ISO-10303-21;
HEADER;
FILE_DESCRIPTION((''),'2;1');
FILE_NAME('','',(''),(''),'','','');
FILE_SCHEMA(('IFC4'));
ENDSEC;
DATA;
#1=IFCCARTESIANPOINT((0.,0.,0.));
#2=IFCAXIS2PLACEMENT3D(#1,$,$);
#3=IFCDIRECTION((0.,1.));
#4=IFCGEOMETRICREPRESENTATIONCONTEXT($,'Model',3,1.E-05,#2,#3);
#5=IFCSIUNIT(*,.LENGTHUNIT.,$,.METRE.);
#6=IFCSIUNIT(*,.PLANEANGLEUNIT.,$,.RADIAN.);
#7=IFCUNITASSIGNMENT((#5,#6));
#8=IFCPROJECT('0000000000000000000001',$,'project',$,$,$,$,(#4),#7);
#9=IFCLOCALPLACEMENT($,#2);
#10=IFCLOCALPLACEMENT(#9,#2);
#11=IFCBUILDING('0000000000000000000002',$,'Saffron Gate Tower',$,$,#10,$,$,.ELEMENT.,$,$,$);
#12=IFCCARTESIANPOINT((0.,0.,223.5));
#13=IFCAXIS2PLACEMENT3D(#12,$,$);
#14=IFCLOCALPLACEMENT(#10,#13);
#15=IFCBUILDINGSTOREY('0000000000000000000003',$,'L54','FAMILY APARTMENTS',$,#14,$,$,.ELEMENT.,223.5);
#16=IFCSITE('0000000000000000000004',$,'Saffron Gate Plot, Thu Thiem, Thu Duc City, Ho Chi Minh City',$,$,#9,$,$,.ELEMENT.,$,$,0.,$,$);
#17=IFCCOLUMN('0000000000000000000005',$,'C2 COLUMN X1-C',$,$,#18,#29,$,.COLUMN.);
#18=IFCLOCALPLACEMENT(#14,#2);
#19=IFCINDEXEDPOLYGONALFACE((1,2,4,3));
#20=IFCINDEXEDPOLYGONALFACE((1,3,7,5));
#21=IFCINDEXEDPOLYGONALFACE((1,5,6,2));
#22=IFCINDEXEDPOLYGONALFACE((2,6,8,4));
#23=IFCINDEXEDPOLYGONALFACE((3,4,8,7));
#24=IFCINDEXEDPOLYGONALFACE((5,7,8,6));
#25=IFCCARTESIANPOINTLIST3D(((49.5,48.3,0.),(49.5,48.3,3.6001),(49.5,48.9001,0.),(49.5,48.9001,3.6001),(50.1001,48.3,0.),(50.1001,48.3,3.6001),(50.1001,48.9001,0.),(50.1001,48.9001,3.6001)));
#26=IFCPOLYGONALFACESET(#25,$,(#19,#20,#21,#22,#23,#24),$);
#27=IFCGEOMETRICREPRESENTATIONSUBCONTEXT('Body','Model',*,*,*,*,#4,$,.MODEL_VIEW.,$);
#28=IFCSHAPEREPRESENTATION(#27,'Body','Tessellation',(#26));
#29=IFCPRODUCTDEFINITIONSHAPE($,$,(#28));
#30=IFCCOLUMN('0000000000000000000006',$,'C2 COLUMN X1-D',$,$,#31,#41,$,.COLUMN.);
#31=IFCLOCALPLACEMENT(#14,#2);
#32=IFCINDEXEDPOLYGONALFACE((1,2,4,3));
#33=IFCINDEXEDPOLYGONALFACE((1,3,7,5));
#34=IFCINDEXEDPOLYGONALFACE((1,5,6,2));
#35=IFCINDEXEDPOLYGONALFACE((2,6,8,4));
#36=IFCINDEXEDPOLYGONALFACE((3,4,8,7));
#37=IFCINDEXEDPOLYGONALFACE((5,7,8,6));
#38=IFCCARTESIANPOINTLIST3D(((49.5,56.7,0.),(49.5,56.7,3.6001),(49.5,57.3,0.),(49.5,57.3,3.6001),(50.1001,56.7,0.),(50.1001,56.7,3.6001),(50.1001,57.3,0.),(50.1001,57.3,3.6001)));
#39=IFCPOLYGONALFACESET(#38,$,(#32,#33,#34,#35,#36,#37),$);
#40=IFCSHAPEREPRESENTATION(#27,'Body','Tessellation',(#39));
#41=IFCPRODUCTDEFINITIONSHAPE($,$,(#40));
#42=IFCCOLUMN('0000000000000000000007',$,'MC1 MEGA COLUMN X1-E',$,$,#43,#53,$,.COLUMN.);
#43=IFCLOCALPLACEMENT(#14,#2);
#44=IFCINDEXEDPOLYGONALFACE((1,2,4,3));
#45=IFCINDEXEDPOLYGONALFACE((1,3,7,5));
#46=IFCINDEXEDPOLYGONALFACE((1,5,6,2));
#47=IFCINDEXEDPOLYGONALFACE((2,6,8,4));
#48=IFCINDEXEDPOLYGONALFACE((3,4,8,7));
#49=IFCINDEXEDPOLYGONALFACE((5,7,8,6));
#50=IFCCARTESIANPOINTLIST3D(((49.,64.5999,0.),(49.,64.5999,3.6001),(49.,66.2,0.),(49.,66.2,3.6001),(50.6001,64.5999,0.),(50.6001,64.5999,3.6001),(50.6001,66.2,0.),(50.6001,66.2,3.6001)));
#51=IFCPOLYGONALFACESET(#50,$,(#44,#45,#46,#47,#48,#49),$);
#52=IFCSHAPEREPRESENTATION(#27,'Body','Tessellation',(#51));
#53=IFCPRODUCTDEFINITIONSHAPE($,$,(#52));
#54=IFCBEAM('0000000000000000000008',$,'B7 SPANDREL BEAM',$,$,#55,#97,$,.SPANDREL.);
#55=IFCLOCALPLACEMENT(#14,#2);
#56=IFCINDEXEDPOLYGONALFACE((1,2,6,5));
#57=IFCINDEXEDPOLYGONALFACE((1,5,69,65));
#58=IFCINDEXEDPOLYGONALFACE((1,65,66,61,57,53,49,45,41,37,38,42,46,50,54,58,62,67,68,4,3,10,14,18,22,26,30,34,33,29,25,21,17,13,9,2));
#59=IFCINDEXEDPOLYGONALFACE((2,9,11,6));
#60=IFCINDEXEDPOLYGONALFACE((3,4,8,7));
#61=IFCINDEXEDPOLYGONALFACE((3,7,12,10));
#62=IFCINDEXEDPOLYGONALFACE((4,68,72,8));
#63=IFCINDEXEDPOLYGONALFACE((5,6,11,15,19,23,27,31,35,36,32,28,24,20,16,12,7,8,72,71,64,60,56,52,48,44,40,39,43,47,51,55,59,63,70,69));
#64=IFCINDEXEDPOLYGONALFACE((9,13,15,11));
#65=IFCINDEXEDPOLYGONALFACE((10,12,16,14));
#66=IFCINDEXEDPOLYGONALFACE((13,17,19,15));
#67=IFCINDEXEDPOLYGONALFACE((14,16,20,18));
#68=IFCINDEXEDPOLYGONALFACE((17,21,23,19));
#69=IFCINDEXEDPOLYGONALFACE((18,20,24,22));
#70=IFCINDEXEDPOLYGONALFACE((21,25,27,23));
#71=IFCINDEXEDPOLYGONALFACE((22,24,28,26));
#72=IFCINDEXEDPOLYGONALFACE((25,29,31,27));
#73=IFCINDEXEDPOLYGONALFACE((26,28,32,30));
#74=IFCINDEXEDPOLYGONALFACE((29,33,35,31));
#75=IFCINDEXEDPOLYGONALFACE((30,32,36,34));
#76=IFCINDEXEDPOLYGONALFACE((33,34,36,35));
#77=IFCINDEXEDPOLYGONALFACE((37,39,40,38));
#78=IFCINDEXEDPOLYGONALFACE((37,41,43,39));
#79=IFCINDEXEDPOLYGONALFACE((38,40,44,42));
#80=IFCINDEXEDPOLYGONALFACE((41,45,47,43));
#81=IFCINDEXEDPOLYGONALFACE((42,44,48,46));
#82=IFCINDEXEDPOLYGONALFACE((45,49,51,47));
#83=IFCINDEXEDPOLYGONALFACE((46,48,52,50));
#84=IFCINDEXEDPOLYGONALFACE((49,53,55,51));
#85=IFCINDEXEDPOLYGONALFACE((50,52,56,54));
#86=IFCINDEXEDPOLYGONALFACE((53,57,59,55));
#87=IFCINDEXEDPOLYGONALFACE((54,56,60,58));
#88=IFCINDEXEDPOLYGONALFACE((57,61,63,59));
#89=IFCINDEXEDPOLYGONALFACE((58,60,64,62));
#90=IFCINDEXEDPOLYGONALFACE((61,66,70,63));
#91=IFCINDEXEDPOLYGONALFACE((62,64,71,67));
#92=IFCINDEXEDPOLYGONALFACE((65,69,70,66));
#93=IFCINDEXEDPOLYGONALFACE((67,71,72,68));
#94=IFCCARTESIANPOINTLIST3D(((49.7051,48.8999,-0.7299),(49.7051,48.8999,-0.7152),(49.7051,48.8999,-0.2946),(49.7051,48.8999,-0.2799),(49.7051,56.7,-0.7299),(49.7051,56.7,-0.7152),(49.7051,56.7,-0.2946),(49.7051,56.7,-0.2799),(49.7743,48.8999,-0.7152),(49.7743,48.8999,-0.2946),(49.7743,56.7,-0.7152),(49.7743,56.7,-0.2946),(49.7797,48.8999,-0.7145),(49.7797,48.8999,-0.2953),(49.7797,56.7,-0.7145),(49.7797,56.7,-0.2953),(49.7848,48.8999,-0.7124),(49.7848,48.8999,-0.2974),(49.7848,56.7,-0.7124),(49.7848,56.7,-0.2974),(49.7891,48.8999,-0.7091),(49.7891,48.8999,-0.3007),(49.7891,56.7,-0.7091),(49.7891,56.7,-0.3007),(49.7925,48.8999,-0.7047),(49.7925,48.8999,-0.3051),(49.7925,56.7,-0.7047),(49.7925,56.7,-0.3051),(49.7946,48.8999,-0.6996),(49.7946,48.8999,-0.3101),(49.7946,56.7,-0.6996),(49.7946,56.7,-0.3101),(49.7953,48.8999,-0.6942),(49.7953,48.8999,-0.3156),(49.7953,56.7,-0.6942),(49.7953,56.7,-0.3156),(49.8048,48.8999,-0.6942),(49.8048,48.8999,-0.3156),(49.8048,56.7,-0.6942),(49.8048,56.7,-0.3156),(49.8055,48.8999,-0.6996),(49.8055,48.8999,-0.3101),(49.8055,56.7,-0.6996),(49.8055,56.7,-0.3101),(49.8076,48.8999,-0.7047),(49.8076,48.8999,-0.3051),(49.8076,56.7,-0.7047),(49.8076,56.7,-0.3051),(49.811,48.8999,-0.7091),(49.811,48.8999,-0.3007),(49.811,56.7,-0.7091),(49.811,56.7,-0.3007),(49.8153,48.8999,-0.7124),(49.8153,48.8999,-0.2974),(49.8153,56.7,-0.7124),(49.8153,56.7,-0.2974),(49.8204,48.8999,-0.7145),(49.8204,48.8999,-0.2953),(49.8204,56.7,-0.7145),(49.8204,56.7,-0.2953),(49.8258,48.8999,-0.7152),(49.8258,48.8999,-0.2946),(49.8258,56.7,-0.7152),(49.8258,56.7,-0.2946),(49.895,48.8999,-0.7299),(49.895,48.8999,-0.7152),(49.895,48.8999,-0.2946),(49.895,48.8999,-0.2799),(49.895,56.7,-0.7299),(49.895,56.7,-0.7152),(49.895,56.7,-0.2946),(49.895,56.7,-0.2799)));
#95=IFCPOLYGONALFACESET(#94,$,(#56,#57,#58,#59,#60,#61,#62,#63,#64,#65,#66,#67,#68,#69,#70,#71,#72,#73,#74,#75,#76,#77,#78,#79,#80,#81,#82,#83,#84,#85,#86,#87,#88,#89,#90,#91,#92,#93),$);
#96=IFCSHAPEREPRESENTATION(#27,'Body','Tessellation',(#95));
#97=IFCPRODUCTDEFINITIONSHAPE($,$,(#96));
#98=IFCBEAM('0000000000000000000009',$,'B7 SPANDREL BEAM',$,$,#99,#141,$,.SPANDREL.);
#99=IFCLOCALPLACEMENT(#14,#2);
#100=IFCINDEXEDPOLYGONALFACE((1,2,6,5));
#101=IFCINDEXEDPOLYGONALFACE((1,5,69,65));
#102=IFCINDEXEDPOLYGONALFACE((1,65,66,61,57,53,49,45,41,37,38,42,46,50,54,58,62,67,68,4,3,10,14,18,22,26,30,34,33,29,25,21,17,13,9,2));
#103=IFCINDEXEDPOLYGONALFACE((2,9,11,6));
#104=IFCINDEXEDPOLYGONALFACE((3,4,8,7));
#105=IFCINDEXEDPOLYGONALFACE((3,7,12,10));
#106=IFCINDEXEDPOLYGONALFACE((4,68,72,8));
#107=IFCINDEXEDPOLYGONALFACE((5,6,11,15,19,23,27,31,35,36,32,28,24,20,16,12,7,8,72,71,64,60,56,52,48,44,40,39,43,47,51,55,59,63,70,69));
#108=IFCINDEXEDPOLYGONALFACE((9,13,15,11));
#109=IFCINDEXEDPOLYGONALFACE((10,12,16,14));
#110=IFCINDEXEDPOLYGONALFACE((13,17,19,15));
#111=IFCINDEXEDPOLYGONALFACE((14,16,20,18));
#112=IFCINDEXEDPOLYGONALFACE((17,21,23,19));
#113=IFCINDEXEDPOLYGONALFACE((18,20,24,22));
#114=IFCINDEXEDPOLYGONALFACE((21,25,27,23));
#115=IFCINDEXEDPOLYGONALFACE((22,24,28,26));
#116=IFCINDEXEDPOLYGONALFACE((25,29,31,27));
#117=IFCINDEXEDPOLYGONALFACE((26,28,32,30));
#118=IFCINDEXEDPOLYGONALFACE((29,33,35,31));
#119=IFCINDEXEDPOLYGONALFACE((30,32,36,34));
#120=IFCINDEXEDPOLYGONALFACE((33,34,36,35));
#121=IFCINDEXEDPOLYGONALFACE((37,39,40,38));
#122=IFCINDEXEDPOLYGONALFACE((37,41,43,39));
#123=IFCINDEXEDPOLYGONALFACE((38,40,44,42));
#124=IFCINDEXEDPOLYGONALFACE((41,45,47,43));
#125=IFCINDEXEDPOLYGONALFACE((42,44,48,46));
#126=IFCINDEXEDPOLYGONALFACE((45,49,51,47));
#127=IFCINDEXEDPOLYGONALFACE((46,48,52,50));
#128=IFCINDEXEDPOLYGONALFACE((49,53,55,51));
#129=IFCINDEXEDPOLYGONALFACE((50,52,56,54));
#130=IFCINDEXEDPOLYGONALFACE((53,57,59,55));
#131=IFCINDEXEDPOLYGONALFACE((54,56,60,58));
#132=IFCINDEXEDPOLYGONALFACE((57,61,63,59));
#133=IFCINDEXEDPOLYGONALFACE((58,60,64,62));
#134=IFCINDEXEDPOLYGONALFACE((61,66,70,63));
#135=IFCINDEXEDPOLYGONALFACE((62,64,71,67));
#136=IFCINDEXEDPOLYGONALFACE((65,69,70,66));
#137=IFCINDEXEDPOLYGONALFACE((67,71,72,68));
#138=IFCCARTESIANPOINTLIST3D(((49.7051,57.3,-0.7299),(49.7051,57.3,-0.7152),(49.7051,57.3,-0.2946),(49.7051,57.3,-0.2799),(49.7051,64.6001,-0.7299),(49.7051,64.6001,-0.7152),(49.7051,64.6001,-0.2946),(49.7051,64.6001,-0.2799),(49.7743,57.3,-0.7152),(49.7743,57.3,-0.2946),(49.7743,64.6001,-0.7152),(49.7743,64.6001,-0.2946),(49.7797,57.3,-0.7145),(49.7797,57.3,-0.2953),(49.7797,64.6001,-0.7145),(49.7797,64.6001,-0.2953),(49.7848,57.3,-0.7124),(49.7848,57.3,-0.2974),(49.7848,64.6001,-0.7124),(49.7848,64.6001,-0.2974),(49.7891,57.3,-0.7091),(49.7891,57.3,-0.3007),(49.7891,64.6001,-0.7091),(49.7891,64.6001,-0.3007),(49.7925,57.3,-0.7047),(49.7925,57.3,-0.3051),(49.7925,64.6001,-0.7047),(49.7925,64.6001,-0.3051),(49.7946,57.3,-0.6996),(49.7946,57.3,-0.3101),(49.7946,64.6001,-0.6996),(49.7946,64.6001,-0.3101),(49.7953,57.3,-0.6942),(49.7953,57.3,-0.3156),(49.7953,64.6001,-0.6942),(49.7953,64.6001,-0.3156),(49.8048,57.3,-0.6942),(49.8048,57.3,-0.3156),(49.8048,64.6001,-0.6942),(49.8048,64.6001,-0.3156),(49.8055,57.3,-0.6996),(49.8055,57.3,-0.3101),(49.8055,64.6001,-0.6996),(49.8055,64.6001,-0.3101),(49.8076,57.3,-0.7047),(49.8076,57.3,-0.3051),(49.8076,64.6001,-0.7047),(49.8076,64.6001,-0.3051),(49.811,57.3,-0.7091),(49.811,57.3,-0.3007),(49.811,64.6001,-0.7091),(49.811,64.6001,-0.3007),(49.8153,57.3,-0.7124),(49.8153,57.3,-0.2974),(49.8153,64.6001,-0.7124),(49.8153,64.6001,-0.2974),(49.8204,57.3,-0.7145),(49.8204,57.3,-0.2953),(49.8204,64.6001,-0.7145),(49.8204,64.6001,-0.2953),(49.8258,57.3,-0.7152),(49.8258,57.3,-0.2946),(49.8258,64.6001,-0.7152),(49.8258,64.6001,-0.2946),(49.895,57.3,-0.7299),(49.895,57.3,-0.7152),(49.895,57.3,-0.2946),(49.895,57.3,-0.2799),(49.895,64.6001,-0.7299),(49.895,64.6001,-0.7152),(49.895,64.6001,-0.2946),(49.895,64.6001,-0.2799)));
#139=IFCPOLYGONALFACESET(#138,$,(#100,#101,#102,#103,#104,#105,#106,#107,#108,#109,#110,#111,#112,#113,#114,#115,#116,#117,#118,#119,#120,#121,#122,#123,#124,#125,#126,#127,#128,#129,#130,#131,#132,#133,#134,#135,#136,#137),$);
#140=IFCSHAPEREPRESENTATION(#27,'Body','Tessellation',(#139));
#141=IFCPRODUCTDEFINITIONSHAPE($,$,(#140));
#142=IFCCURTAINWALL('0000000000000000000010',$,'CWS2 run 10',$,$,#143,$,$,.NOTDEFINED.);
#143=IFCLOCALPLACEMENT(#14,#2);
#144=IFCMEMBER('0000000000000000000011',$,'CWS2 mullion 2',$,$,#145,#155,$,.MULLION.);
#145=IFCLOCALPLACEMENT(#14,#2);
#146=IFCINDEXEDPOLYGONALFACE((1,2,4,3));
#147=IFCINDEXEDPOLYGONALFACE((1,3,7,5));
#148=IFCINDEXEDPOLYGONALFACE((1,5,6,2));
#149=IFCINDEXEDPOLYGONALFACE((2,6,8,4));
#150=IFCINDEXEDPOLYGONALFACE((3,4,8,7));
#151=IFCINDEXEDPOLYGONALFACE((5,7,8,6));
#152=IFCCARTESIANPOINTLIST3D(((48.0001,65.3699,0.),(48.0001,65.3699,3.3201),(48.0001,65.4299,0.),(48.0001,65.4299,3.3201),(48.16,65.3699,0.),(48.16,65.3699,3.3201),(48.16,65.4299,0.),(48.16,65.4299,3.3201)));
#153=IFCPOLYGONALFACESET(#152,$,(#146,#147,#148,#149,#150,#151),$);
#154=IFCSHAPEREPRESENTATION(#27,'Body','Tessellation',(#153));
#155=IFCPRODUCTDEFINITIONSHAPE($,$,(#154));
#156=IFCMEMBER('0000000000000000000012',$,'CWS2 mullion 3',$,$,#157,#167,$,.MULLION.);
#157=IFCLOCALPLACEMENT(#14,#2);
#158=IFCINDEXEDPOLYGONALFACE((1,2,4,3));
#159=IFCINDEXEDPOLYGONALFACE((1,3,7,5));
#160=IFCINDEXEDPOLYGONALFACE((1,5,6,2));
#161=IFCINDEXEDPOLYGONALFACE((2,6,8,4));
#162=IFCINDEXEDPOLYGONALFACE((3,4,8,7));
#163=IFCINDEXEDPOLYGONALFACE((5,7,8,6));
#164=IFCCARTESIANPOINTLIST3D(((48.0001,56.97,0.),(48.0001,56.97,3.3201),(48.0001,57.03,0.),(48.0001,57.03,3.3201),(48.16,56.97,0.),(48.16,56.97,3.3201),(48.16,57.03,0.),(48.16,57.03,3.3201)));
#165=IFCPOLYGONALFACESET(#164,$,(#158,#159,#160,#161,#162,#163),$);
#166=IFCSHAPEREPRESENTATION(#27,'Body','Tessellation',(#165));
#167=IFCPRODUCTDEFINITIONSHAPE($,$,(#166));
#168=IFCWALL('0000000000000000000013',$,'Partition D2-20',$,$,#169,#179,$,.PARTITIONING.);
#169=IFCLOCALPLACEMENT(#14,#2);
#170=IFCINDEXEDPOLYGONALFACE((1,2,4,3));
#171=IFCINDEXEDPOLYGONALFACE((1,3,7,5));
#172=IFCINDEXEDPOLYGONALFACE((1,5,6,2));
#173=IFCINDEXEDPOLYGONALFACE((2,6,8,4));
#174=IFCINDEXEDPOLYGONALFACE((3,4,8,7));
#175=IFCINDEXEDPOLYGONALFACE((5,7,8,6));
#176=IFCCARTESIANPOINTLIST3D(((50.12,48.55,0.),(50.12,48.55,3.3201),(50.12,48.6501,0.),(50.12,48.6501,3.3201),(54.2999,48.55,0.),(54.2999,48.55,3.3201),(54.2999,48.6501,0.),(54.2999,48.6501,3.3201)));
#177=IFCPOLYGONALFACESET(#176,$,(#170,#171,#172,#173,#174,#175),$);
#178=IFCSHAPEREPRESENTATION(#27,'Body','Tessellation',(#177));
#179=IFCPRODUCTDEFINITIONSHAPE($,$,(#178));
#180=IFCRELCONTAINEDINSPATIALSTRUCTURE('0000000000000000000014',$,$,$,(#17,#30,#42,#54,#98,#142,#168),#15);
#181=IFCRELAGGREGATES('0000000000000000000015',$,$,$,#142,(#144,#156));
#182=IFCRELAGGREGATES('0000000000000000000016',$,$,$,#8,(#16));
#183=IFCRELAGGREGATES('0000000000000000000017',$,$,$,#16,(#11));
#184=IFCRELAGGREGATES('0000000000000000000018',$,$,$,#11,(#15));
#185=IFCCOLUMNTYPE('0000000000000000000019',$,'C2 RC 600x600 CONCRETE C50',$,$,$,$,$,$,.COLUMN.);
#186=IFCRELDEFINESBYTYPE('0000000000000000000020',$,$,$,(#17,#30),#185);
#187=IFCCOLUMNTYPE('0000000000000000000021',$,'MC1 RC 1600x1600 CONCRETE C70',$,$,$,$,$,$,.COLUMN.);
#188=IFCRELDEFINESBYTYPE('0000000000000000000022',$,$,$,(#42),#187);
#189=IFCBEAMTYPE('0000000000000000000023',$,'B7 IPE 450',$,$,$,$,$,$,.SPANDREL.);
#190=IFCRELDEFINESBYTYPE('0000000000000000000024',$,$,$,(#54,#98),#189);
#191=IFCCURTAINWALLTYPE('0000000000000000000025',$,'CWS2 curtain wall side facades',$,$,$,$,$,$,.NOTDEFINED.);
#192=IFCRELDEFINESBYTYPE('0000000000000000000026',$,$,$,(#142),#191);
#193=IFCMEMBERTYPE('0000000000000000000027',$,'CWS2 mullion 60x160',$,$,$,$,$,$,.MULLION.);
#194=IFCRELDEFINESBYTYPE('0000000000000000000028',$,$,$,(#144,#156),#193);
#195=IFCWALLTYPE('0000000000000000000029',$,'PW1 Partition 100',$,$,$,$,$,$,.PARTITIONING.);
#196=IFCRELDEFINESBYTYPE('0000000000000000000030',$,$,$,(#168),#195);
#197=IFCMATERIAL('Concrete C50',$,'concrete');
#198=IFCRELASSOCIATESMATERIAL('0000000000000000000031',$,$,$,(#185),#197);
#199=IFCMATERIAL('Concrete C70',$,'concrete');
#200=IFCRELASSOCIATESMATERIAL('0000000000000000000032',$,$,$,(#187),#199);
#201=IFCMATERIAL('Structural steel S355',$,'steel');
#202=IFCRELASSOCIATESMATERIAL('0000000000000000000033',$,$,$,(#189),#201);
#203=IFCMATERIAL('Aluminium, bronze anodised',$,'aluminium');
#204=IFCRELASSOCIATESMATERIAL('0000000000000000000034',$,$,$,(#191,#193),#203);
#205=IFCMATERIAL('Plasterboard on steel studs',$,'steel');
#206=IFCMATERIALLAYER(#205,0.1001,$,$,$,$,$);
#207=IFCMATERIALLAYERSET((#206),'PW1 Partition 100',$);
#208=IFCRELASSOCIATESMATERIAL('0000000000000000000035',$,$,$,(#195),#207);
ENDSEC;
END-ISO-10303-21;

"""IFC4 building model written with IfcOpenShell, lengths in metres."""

from ifc_helpers import new_model, si_unit, direction, frame, frame_2d, origin, origin_2d, place, context, subcontext, project, spatial, rectangle, i_section, extrude, material, layer, layer_set, material_profile, profile_set, type_object, element, aggregate, save


model = new_model("IFC4")

# Units and contexts
model_context = context("Model", 3, precision=1e-05, world=origin(), true_north=direction((0.0, 1.0)))
body_context = subcontext(model_context, "Body", "Model", "MODEL_VIEW")
ifc_project = project(units=[si_unit("LENGTHUNIT", "METRE"), si_unit("PLANEANGLEUNIT", "RADIAN")], contexts=[model_context])

# Site, building, storey
site_placement = place(None, origin())
site = spatial("IfcSite", under=ifc_project, at=site_placement, Name="Saffron Gate Plot, Thu Thiem, Thu Duc City, Ho Chi Minh City", CompositionType="ELEMENT", RefElevation=0.0)
building_placement = place(site_placement, origin())
building = spatial("IfcBuilding", under=site, at=building_placement, Name="Saffron Gate Tower", CompositionType="ELEMENT")
storey_placement = place(building_placement, frame((0.0, 0.0, 223.5)))
storey = spatial("IfcBuildingStorey", under=building, at=storey_placement, Name="L54", Description="FAMILY APARTMENTS", CompositionType="ELEMENT", Elevation=223.5)

# Columns
ifc_material_1 = material(Name="Concrete C50", Category="concrete")
ifc_material_profile_1 = material_profile(ifc_material_1, rectangle(XDim=0.6001, YDim=0.6001, at=origin_2d()))
ifc_profile_set_1 = profile_set([ifc_material_profile_1], Name="Concrete C50")
column_type_1 = type_object("IfcColumnType", Name="C2 RC 600x600 CONCRETE C50", PredefinedType="COLUMN", material=ifc_profile_set_1)
for number, where, z_axis, x_axis, name in (
    (1, (49.8, 48.6001, 0.0), (0.0, 0.0, 1.0), (1.0, 0.0, 0.0), "C2 COLUMN X1-C"),
    (2, (49.8, 57.0, 0.0), (0.0, 0.0, 1.0), (1.0, 0.0, 0.0), "C2 COLUMN X1-D"),
):
    element("IfcColumn", number, at=place(storey_placement, frame(where, z_axis=z_axis, x_axis=x_axis)), inside=storey, type_object=column_type_1, Name=name, PredefinedType="COLUMN", context=body_context, shape_type="SweptSolid", body=[
        extrude(rectangle(XDim=0.6001, YDim=0.6001, at=origin_2d()), origin(), (0.0, 0.0, 1.0), 3.6001),
    ])
ifc_material_2 = material(Name="Concrete C70", Category="concrete")
ifc_material_profile_2 = material_profile(ifc_material_2, rectangle(XDim=1.6001, YDim=1.6001, at=origin_2d()))
ifc_profile_set_2 = profile_set([ifc_material_profile_2], Name="Concrete C70")
column_type_2 = type_object("IfcColumnType", Name="MC1 RC 1600x1600 CONCRETE C70", PredefinedType="COLUMN", material=ifc_profile_set_2)
column_placement = place(storey_placement, frame((49.8, 65.3999, 0.0), z_axis=(0.0, 0.0, 1.0), x_axis=(1.0, 0.0, 0.0)))
element("IfcColumn", 3, at=column_placement, inside=storey, type_object=column_type_2, Name="MC1 MEGA COLUMN X1-E", PredefinedType="COLUMN", context=body_context, shape_type="SweptSolid", body=[
    extrude(rectangle(XDim=1.6001, YDim=1.6001, at=origin_2d()), origin(), (0.0, 0.0, 1.0), 3.6001),
])

# Beams
ifc_material_3 = material(Name="Structural steel S355", Category="steel")
ifc_material_profile_3 = material_profile(ifc_material_3, i_section(OverallWidth=0.1899, OverallDepth=0.45, WebThickness=0.0095, FlangeThickness=0.0146, FilletRadius=0.021, at=origin_2d()))
ifc_profile_set_3 = profile_set([ifc_material_profile_3], Name="Structural steel S355")
beam_type = type_object("IfcBeamType", Name="B7 IPE 450", PredefinedType="SPANDREL", material=ifc_profile_set_3)
beam_1_placement = place(storey_placement, frame((49.8, 48.8999, -0.5049), z_axis=(0.0, 1.0, 0.0), x_axis=(-1.0, 0.0, 0.0)))
element("IfcBeam", 4, at=beam_1_placement, inside=storey, type_object=beam_type, Name="B7 SPANDREL BEAM", PredefinedType="SPANDREL", context=body_context, shape_type="SweptSolid", body=[
    extrude(i_section(OverallWidth=0.1899, OverallDepth=0.45, WebThickness=0.0095, FlangeThickness=0.0146, FilletRadius=0.021, at=origin_2d()), origin(), (0.0, 0.0, 1.0), 7.8),
])
beam_2_placement = place(storey_placement, frame((49.8, 57.3, -0.5049), z_axis=(0.0, 1.0, 0.0), x_axis=(-1.0, 0.0, 0.0)))
element("IfcBeam", 5, at=beam_2_placement, inside=storey, type_object=beam_type, Name="B7 SPANDREL BEAM", PredefinedType="SPANDREL", context=body_context, shape_type="SweptSolid", body=[
    extrude(i_section(OverallWidth=0.1899, OverallDepth=0.45, WebThickness=0.0095, FlangeThickness=0.0146, FilletRadius=0.021, at=origin_2d()), origin(), (0.0, 0.0, 1.0), 7.3),
])

# Curtain wall, members
ifc_material_4 = material(Name="Aluminium, bronze anodised", Category="aluminium")
curtain_wall_type = type_object("IfcCurtainWallType", Name="CWS2 curtain wall side facades", PredefinedType="NOTDEFINED", material=ifc_material_4)
curtain_wall_placement = place(storey_placement, origin())
curtain_wall = element("IfcCurtainWall", 6, at=curtain_wall_placement, inside=storey, type_object=curtain_wall_type, Name="CWS2 run 10", PredefinedType="NOTDEFINED")
ifc_material_profile_4 = material_profile(ifc_material_4, rectangle(XDim=0.1599, YDim=0.0601, at=origin_2d()))
ifc_profile_set_4 = profile_set([ifc_material_profile_4], Name="Aluminium, bronze anodised")
member_type = type_object("IfcMemberType", Name="CWS2 mullion 60x160", PredefinedType="MULLION", material=ifc_profile_set_4)
member_1_placement = place(storey_placement, frame((48.0801, 65.3999, 0.0), z_axis=(0.0, 0.0, 1.0), x_axis=(1.0, 0.0, 0.0)))
member_1 = element("IfcMember", 7, at=member_1_placement, type_object=member_type, Name="CWS2 mullion 2", PredefinedType="MULLION", context=body_context, shape_type="SweptSolid", body=[
    extrude(rectangle(XDim=0.1599, YDim=0.0601, at=origin_2d()), origin(), (0.0, 0.0, 1.0), 3.3201),
])
member_2_placement = place(storey_placement, frame((48.0801, 57.0, 0.0), z_axis=(0.0, 0.0, 1.0), x_axis=(1.0, 0.0, 0.0)))
member_2 = element("IfcMember", 8, at=member_2_placement, type_object=member_type, Name="CWS2 mullion 3", PredefinedType="MULLION", context=body_context, shape_type="SweptSolid", body=[
    extrude(rectangle(XDim=0.1599, YDim=0.0601, at=origin_2d()), origin(), (0.0, 0.0, 1.0), 3.3201),
])
aggregate(curtain_wall, [member_1, member_2])

# Wall
ifc_material_5 = material(Name="Plasterboard on steel studs", Category="steel")
ifc_layer_1 = layer(ifc_material_5, 0.1001)
ifc_layer_set_1 = layer_set([ifc_layer_1], Name="PW1 Partition 100")
wall_type_1 = type_object("IfcWallType", Name="PW1 Partition 100", PredefinedType="PARTITIONING", material=ifc_layer_set_1)
wall_1_placement = place(storey_placement, frame((50.1201, 48.6001, 0.0), z_axis=(0.0, 0.0, 1.0), x_axis=(1.0, 0.0, 0.0)))
element("IfcWall", 9, at=wall_1_placement, inside=storey, type_object=wall_type_1, Name="Partition D2-20", PredefinedType="PARTITIONING", context=body_context, shape_type="SweptSolid", body=[
    extrude(rectangle(XDim=4.1799, YDim=0.1001, at=frame_2d((2.0898, 0.0))), origin(), (0.0, 0.0, 1.0), 3.3201),
])

save(model, "model.ifc")
